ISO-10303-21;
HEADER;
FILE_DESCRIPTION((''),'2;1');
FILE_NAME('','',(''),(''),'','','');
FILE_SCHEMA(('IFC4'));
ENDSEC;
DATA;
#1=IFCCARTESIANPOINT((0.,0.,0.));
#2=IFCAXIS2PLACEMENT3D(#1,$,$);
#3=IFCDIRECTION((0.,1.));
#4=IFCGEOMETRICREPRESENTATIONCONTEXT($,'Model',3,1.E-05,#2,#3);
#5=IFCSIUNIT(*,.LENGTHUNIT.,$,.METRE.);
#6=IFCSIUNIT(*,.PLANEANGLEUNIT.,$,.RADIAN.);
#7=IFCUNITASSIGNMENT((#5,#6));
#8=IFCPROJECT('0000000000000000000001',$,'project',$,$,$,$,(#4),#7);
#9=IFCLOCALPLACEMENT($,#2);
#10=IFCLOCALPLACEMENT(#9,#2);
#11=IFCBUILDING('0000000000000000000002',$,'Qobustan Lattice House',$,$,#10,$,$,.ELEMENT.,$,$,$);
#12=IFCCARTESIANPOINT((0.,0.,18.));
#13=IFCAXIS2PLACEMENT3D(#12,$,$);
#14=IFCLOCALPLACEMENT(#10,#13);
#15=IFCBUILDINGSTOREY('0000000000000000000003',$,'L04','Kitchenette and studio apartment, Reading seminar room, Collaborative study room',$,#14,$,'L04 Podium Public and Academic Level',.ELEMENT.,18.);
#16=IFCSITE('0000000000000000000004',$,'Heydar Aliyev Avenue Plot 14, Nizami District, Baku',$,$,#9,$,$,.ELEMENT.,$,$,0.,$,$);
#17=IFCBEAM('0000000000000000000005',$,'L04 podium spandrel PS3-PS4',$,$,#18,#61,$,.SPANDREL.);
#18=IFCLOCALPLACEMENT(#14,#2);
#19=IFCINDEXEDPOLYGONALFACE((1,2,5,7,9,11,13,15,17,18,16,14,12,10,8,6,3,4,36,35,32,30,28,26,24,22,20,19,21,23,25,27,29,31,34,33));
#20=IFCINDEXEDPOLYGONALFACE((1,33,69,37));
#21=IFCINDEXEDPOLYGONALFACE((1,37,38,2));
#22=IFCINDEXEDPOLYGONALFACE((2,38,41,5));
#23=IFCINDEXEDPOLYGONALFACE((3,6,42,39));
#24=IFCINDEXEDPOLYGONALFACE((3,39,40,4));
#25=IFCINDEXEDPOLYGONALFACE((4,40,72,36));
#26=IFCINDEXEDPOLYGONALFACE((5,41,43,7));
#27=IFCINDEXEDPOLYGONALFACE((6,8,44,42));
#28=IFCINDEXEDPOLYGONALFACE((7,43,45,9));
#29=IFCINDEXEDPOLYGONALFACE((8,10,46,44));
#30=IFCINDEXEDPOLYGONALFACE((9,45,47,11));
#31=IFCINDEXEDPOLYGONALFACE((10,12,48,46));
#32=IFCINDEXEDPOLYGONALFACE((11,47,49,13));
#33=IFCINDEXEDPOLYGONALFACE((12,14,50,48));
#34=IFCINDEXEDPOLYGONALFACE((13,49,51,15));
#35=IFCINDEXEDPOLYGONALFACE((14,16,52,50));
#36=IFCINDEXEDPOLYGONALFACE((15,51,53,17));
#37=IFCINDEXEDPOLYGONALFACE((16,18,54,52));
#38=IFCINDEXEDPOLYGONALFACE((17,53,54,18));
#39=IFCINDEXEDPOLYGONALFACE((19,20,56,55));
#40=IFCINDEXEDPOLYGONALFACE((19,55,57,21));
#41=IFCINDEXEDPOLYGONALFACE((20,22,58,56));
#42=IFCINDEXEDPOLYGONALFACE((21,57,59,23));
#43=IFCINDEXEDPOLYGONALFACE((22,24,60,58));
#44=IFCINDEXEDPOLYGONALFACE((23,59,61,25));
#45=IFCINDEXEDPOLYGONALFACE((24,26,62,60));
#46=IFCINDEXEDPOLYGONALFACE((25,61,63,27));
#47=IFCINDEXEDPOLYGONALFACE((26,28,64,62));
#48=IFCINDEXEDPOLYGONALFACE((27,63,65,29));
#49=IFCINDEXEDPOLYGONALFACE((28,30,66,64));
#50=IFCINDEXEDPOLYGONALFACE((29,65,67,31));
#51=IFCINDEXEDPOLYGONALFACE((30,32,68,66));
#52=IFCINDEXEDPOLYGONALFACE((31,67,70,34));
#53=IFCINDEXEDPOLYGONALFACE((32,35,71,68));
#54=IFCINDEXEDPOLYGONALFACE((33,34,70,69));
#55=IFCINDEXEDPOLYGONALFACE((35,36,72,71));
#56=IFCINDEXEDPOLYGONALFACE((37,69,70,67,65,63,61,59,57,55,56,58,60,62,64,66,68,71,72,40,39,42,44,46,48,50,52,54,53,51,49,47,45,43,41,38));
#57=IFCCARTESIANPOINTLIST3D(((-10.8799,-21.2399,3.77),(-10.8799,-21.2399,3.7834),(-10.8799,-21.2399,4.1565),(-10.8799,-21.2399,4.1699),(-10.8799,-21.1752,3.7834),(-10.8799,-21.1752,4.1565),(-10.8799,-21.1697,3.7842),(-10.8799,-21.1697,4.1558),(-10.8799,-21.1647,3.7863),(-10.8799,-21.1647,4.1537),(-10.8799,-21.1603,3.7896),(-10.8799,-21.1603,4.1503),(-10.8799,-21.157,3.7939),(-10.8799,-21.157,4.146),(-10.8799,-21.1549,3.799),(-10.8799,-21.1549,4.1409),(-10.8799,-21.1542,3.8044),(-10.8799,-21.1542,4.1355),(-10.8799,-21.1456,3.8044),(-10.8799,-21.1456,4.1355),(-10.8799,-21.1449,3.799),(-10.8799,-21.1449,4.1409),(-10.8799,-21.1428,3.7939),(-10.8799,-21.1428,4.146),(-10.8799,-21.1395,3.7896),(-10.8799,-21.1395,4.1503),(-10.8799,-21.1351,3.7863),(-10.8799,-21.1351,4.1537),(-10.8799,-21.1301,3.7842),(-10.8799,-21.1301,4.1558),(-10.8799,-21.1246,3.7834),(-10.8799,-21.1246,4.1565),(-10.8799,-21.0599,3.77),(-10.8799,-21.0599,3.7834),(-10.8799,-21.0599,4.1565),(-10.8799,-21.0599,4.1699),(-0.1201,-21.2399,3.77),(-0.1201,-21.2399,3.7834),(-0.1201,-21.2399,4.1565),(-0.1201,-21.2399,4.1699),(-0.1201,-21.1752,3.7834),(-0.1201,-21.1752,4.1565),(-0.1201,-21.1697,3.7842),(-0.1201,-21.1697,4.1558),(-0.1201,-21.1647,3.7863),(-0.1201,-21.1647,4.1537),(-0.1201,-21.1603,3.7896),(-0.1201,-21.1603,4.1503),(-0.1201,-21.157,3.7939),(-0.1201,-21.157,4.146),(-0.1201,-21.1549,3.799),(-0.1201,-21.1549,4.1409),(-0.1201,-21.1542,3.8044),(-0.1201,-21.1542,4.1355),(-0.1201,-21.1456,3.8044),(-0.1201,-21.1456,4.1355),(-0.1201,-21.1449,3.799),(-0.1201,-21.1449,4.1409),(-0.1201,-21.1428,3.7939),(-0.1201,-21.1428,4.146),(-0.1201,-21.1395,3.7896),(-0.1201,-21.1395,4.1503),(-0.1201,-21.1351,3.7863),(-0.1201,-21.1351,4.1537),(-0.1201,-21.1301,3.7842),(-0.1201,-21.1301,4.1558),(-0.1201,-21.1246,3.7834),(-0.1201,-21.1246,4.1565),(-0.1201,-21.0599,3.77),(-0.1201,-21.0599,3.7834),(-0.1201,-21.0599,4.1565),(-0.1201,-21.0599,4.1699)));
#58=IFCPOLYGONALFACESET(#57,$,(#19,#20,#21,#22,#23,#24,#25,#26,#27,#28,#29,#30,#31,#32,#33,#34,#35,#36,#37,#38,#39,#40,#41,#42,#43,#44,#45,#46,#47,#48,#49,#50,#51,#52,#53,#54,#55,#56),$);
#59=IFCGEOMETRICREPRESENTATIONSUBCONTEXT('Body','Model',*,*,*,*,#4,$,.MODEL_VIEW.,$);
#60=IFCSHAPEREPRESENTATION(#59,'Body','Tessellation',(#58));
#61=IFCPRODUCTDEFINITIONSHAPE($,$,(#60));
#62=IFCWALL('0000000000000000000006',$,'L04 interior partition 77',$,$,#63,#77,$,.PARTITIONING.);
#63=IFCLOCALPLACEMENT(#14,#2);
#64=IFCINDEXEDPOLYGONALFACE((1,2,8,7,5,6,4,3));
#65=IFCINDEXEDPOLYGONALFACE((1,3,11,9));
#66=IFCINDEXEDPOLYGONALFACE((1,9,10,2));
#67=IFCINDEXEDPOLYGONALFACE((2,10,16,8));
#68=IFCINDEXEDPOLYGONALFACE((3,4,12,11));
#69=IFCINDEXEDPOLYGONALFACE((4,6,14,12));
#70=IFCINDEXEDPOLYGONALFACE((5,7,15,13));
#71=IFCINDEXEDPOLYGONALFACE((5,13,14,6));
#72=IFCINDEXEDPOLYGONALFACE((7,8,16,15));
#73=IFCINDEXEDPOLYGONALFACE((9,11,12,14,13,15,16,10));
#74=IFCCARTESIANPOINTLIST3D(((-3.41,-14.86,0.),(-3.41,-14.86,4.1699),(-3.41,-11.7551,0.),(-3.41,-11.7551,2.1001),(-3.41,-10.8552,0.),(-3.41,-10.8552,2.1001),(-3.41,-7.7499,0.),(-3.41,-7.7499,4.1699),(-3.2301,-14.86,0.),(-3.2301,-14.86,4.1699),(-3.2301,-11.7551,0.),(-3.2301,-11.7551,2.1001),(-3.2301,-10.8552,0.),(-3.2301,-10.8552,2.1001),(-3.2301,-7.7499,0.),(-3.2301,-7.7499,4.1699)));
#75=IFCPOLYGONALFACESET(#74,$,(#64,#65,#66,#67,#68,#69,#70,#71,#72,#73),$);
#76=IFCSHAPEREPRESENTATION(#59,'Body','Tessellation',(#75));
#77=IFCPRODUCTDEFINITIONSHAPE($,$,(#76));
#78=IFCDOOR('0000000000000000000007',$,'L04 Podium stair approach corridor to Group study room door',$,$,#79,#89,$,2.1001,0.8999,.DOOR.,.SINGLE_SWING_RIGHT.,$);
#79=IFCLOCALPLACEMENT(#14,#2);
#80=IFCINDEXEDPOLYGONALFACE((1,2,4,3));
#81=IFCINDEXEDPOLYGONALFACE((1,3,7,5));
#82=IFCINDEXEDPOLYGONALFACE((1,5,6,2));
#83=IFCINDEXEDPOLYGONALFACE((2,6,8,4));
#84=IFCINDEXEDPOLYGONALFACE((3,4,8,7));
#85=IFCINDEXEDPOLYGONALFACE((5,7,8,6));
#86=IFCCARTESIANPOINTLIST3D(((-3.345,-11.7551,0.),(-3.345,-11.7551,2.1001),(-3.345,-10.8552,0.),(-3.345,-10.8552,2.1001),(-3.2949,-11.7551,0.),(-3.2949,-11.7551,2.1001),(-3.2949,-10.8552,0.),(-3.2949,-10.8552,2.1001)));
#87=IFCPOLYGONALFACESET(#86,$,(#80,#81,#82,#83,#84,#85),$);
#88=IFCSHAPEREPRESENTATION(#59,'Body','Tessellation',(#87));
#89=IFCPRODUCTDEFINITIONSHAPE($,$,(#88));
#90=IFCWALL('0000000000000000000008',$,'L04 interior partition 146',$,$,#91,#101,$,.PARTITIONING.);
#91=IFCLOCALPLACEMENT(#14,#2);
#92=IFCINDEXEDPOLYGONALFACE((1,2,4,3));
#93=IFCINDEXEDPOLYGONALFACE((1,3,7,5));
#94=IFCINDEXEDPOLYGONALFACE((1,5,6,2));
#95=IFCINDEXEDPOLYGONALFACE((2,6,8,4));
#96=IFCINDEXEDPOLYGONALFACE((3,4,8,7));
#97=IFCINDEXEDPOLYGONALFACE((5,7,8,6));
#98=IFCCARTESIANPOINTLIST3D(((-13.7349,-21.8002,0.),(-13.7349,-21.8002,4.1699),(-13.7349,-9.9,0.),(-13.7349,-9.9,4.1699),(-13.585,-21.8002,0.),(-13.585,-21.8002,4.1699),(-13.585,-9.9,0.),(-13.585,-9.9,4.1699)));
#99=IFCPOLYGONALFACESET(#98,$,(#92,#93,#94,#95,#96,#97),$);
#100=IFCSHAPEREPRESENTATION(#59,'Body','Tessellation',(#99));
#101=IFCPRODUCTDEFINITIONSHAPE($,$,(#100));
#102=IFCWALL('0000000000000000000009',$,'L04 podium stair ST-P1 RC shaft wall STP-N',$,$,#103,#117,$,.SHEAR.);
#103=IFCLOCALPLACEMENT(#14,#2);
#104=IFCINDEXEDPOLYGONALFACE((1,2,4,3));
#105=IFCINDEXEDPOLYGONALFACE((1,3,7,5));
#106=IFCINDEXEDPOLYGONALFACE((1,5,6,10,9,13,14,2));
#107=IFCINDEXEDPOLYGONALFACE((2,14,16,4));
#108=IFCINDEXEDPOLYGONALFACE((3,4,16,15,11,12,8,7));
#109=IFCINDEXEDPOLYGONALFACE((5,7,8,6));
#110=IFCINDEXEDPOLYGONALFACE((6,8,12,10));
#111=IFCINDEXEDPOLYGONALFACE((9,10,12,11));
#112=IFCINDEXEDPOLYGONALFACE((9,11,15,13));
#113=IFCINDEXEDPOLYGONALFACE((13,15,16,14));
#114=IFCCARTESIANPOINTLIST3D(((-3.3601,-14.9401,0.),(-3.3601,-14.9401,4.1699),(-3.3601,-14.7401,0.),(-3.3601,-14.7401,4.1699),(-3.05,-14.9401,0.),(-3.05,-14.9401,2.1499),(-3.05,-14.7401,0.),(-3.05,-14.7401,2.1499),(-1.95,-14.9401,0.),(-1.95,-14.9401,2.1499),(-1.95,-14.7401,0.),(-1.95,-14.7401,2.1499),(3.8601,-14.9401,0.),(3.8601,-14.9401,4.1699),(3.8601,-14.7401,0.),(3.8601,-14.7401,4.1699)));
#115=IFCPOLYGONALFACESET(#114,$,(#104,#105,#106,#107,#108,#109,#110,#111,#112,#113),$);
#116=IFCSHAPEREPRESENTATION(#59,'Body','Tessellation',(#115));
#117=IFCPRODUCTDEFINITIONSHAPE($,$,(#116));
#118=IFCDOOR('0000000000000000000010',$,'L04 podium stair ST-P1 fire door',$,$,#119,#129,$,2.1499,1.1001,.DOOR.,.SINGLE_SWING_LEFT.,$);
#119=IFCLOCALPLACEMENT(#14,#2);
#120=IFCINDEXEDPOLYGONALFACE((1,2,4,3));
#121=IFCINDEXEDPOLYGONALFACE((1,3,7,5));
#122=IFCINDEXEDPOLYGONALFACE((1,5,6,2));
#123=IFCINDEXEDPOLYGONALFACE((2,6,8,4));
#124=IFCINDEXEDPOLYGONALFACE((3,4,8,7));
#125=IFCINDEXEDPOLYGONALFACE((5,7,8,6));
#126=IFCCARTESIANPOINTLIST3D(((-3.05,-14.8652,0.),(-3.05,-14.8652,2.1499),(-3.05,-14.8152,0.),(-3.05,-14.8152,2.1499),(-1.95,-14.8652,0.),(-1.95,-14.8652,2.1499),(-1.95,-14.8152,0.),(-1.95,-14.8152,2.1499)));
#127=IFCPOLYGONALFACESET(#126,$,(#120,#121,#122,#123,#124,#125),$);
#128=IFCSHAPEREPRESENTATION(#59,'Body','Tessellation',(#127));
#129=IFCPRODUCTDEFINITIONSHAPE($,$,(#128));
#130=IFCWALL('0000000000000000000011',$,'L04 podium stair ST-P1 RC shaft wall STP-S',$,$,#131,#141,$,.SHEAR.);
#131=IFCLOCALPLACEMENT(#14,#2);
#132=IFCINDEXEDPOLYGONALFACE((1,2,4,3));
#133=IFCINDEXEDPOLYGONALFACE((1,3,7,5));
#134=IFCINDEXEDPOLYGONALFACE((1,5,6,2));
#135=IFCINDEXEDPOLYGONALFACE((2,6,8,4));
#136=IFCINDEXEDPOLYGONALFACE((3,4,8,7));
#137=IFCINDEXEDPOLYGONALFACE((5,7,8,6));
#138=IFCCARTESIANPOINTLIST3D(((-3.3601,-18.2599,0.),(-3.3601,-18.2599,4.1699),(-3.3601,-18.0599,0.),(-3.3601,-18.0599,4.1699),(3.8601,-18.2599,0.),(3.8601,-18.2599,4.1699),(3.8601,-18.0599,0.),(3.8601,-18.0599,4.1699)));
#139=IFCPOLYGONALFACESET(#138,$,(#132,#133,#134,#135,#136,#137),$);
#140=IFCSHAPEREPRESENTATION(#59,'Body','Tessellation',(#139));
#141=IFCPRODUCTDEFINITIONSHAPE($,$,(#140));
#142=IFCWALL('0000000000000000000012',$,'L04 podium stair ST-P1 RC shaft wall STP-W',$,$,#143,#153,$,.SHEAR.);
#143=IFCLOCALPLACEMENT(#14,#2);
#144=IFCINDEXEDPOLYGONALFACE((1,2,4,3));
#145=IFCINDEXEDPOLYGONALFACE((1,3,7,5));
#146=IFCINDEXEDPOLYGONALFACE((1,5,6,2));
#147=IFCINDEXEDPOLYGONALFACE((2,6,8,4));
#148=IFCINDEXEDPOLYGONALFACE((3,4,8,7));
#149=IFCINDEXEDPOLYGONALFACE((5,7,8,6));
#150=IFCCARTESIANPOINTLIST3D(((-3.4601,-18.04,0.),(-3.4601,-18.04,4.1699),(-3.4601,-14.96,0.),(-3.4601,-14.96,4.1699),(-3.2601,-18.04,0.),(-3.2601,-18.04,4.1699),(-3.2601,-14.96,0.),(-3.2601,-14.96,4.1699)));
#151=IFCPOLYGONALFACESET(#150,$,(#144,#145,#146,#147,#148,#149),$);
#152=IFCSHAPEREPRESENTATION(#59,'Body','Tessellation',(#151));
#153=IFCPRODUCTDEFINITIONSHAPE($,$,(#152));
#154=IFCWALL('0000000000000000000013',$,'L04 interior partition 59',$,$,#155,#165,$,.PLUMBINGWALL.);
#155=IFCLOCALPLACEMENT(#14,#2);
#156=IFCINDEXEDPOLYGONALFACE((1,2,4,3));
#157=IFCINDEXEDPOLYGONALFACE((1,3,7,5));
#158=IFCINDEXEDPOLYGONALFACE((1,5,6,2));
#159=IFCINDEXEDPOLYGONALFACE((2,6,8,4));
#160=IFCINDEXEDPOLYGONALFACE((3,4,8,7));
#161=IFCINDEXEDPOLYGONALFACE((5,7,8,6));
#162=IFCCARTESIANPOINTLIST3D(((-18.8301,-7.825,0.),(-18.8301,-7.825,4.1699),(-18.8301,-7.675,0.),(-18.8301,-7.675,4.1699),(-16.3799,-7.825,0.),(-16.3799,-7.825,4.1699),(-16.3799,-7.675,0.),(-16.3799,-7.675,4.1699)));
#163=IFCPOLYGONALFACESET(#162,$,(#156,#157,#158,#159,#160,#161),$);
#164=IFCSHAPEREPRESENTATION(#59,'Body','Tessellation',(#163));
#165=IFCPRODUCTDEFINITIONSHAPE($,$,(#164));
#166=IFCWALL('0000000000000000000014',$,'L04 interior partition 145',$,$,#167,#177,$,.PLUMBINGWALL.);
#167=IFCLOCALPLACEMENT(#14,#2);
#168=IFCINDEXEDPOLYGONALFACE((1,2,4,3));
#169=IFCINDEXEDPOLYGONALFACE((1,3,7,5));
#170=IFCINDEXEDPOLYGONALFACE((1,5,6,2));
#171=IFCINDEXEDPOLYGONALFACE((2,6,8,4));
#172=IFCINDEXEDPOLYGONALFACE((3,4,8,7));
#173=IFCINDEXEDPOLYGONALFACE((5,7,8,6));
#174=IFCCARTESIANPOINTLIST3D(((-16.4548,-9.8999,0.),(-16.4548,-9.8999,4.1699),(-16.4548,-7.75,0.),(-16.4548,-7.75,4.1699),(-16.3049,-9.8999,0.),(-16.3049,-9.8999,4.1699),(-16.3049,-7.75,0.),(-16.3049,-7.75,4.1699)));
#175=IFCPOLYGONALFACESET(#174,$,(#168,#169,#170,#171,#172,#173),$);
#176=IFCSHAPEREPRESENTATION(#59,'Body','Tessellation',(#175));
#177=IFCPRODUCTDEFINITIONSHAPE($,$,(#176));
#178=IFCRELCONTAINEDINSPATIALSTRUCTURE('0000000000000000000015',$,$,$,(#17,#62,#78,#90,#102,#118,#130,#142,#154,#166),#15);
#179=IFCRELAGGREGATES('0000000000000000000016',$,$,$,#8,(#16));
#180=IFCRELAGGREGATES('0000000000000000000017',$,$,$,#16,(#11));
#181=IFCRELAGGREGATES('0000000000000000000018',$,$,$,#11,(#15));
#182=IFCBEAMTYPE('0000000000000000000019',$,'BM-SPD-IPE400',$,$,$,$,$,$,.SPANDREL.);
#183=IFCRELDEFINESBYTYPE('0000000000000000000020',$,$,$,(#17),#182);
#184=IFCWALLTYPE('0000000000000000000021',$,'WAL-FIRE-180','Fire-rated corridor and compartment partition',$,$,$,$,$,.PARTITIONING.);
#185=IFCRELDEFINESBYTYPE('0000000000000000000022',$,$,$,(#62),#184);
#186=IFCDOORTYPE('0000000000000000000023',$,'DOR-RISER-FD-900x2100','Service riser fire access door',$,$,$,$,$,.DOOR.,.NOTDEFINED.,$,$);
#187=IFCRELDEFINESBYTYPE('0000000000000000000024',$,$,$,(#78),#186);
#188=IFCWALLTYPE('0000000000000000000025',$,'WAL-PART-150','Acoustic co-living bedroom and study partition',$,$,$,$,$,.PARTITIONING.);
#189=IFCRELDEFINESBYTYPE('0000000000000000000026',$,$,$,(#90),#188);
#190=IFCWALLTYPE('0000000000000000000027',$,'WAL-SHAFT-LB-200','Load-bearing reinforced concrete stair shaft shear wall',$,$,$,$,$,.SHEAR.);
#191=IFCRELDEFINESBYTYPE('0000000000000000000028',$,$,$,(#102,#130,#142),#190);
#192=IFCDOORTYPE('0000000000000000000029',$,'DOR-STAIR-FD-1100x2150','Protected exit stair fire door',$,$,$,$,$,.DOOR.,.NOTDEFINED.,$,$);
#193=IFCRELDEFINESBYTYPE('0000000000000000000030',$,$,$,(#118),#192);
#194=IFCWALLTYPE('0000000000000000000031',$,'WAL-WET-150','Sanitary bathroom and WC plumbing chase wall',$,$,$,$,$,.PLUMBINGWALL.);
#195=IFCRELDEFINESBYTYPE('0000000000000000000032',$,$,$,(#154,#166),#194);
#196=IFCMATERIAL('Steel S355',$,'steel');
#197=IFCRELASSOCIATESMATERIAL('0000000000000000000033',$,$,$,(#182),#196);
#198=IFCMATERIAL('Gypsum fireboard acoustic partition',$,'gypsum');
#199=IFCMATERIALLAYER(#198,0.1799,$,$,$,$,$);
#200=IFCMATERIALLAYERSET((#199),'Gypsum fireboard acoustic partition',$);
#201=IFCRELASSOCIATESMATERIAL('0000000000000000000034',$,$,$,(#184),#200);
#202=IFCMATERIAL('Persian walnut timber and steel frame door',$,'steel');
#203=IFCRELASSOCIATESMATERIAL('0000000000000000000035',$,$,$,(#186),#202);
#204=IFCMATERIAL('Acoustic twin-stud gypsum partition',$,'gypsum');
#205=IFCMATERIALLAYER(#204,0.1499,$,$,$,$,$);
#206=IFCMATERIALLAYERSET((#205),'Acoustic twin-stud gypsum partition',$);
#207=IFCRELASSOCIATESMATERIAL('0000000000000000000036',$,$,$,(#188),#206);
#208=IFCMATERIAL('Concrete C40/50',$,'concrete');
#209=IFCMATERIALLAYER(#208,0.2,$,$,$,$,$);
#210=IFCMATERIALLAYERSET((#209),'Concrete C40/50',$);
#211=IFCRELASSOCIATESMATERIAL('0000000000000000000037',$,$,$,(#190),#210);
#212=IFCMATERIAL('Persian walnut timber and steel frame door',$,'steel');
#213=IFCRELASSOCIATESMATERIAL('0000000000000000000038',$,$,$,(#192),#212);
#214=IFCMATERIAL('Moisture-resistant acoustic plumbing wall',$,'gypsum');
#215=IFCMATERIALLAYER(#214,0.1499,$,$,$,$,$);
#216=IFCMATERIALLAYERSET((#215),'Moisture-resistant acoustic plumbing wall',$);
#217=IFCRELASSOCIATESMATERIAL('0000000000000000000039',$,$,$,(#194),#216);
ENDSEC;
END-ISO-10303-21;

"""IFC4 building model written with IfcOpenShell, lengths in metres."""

from ifc_helpers import new_model, si_unit, direction, frame, frame_2d, origin, origin_2d, place, context, subcontext, project, spatial, rectangle, i_section, extrude, material, layer, layer_set, material_profile, profile_set, type_object, element, fill, save


model = new_model("IFC4")

# Units and contexts
model_context = context("Model", 3, precision=1e-05, world=origin(), true_north=direction((0.0, 1.0)))
body_context = subcontext(model_context, "Body", "Model", "MODEL_VIEW")
ifc_project = project(units=[si_unit("LENGTHUNIT", "METRE"), si_unit("PLANEANGLEUNIT", "RADIAN")], contexts=[model_context])

# Site, building, storey
site_placement = place(None, origin())
site = spatial("IfcSite", under=ifc_project, at=site_placement, Name="Heydar Aliyev Avenue Plot 14, Nizami District, Baku", CompositionType="ELEMENT", RefElevation=0.0)
building_placement = place(site_placement, origin())
building = spatial("IfcBuilding", under=site, at=building_placement, Name="Qobustan Lattice House", CompositionType="ELEMENT")
storey_placement = place(building_placement, frame((0.0, 0.0, 18.0)))
storey = spatial("IfcBuildingStorey", under=building, at=storey_placement, Name="L04", Description="Kitchenette and studio apartment, Reading seminar room, Collaborative study room", LongName="L04 Podium Public and Academic Level", CompositionType="ELEMENT", Elevation=18.0)

# Beam
ifc_material_1 = material(Name="Steel S355", Category="steel")
ifc_material_profile_1 = material_profile(ifc_material_1, i_section(OverallWidth=0.1799, OverallDepth=0.3999, WebThickness=0.0085, FlangeThickness=0.0134, FilletRadius=0.021, at=origin_2d()), Name="IPE400")
ifc_profile_set_1 = profile_set([ifc_material_profile_1], Name="Steel S355")
beam_type_1 = type_object("IfcBeamType", Name="BM-SPD-IPE400", PredefinedType="SPANDREL", material=ifc_profile_set_1)
beam_1_placement = place(storey_placement, frame((-10.8799, -21.1499, 3.97), z_axis=(1.0, 0.0, 0.0), x_axis=(0.0, 1.0, 0.0)))
element("IfcBeam", 1, at=beam_1_placement, inside=storey, type_object=beam_type_1, Name="L04 podium spandrel PS3-PS4", PredefinedType="SPANDREL", context=body_context, shape_type="SweptSolid", body=[
    extrude(i_section(OverallWidth=0.1799, OverallDepth=0.3999, WebThickness=0.0085, FlangeThickness=0.0134, FilletRadius=0.021, at=origin_2d()), origin(), (0.0, 0.0, 1.0), 10.7598),
])

# Wall, opening, door
ifc_material_2 = material(Name="Gypsum fireboard acoustic partition", Category="gypsum")
ifc_layer_1 = layer(ifc_material_2, 0.1799)
ifc_layer_set_1 = layer_set([ifc_layer_1], Name="Gypsum fireboard acoustic partition")
wall_type_1 = type_object("IfcWallType", Name="WAL-FIRE-180", Description="Fire-rated corridor and compartment partition", PredefinedType="PARTITIONING", material=ifc_layer_set_1)
wall_1_placement = place(storey_placement, frame((-3.3201, -14.8601, 0.0), z_axis=(0.0, 0.0, 1.0), x_axis=(0.0, 1.0, 0.0)))
wall_1 = element("IfcWall", 2, at=wall_1_placement, inside=storey, type_object=wall_type_1, Name="L04 interior partition 77", PredefinedType="PARTITIONING", context=body_context, shape_type="SweptSolid", body=[
    extrude(rectangle(XDim=7.1101, YDim=0.1799, at=frame_2d((3.5552, 0.0))), origin(), (0.0, 0.0, 1.0), 4.1699),
])
opening_1_placement = place(wall_1_placement, frame((3.105, 0.0, 0.0)))
opening_1 = element("IfcOpeningElement", 3, at=opening_1_placement, cuts=wall_1, PredefinedType="OPENING", context=body_context, shape_type="SweptSolid", body=[
    extrude(rectangle(XDim=0.8999, YDim=2.1001, at=frame_2d((0.45, 1.05))), frame((0.0, 0.0999, 0.0), z_axis=(0.0, -1.0, 0.0), x_axis=(1.0, 0.0, 0.0)), (0.0, 0.0, 1.0), 0.2),
])
ifc_material_3 = material(Name="Persian walnut timber and steel frame door", Category="steel")
door_type_1 = type_object("IfcDoorType", Name="DOR-RISER-FD-900x2100", Description="Service riser fire access door", OperationType="NOTDEFINED", PredefinedType="DOOR", material=ifc_material_3)
door_1_placement = place(opening_1_placement, origin())
door_1 = element("IfcDoor", 4, at=door_1_placement, inside=storey, type_object=door_type_1, Name="L04 Podium stair approach corridor to Group study room door", OperationType="SINGLE_SWING_RIGHT", OverallHeight=2.1001, OverallWidth=0.8999, PredefinedType="DOOR", context=body_context, shape_type="SweptSolid", body=[
    extrude(rectangle(XDim=0.8999, YDim=2.1001, at=frame_2d((0.45, 1.05))), frame((0.0, 0.0249, 0.0), z_axis=(0.0, -1.0, 0.0), x_axis=(1.0, 0.0, 0.0)), (0.0, 0.0, 1.0), 0.05),
])
fill(opening_1, door_1)

# Wall
ifc_material_4 = material(Name="Acoustic twin-stud gypsum partition", Category="gypsum")
ifc_layer_2 = layer(ifc_material_4, 0.1499)
ifc_layer_set_2 = layer_set([ifc_layer_2], Name="Acoustic twin-stud gypsum partition")
wall_type_2 = type_object("IfcWallType", Name="WAL-PART-150", Description="Acoustic co-living bedroom and study partition", PredefinedType="PARTITIONING", material=ifc_layer_set_2)
wall_2_placement = place(storey_placement, frame((-13.6599, -9.8999, 0.0), z_axis=(0.0, 0.0, 1.0), x_axis=(0.0, -1.0, 0.0)))
element("IfcWall", 5, at=wall_2_placement, inside=storey, type_object=wall_type_2, Name="L04 interior partition 146", PredefinedType="PARTITIONING", context=body_context, shape_type="SweptSolid", body=[
    extrude(rectangle(XDim=11.9001, YDim=0.1499, at=frame_2d((5.9502, 0.0))), origin(), (0.0, 0.0, 1.0), 4.1699),
])

# Wall, opening, door
ifc_material_5 = material(Name="Concrete C40/50", Category="concrete")
ifc_layer_3 = layer(ifc_material_5, 0.2)
ifc_layer_set_3 = layer_set([ifc_layer_3], Name="Concrete C40/50")
wall_type_3 = type_object("IfcWallType", Name="WAL-SHAFT-LB-200", Description="Load-bearing reinforced concrete stair shaft shear wall", PredefinedType="SHEAR", material=ifc_layer_set_3)
wall_3_placement = place(storey_placement, frame((-3.3601, -14.8401, 0.0), z_axis=(0.0, 0.0, 1.0), x_axis=(1.0, 0.0, 0.0)))
wall_3 = element("IfcWall", 6, at=wall_3_placement, inside=storey, type_object=wall_type_3, Name="L04 podium stair ST-P1 RC shaft wall STP-N", PredefinedType="SHEAR", context=body_context, shape_type="SweptSolid", body=[
    extrude(rectangle(XDim=7.2202, YDim=0.2, at=frame_2d((3.6101, 0.0))), origin(), (0.0, 0.0, 1.0), 4.1699),
])
opening_2_placement = place(wall_3_placement, frame((0.3101, 0.0, 0.0)))
opening_2 = element("IfcOpeningElement", 7, at=opening_2_placement, cuts=wall_3, PredefinedType="OPENING", context=body_context, shape_type="SweptSolid", body=[
    extrude(rectangle(XDim=1.1001, YDim=2.1499, at=frame_2d((0.55, 1.075))), frame((0.0, 0.1099, 0.0), z_axis=(0.0, -1.0, 0.0), x_axis=(1.0, 0.0, 0.0)), (0.0, 0.0, 1.0), 0.22),
])
ifc_material_6 = material(Name="Persian walnut timber and steel frame door", Category="steel")
door_type_2 = type_object("IfcDoorType", Name="DOR-STAIR-FD-1100x2150", Description="Protected exit stair fire door", OperationType="NOTDEFINED", PredefinedType="DOOR", material=ifc_material_6)
door_2_placement = place(opening_2_placement, origin())
door_2 = element("IfcDoor", 8, at=door_2_placement, inside=storey, type_object=door_type_2, Name="L04 podium stair ST-P1 fire door", OperationType="SINGLE_SWING_LEFT", OverallHeight=2.1499, OverallWidth=1.1001, PredefinedType="DOOR", context=body_context, shape_type="SweptSolid", body=[
    extrude(rectangle(XDim=1.1001, YDim=2.1499, at=frame_2d((0.55, 1.075))), frame((0.0, 0.0249, 0.0), z_axis=(0.0, -1.0, 0.0), x_axis=(1.0, 0.0, 0.0)), (0.0, 0.0, 1.0), 0.05),
])
fill(opening_2, door_2)

# Walls
wall_4_placement = place(storey_placement, frame((-3.3601, -18.1599, 0.0), z_axis=(0.0, 0.0, 1.0), x_axis=(1.0, 0.0, 0.0)))
element("IfcWall", 9, at=wall_4_placement, inside=storey, type_object=wall_type_3, Name="L04 podium stair ST-P1 RC shaft wall STP-S", PredefinedType="SHEAR", context=body_context, shape_type="SweptSolid", body=[
    extrude(rectangle(XDim=7.2202, YDim=0.2, at=frame_2d((3.6101, 0.0))), origin(), (0.0, 0.0, 1.0), 4.1699),
])
wall_5_placement = place(storey_placement, frame((-3.3601, -18.04, 0.0), z_axis=(0.0, 0.0, 1.0), x_axis=(0.0, 1.0, 0.0)))
element("IfcWall", 10, at=wall_5_placement, inside=storey, type_object=wall_type_3, Name="L04 podium stair ST-P1 RC shaft wall STP-W", PredefinedType="SHEAR", context=body_context, shape_type="SweptSolid", body=[
    extrude(rectangle(XDim=3.0801, YDim=0.2, at=frame_2d((1.54, 0.0))), origin(), (0.0, 0.0, 1.0), 4.1699),
])
ifc_material_7 = material(Name="Moisture-resistant acoustic plumbing wall", Category="gypsum")
ifc_layer_4 = layer(ifc_material_7, 0.1499)
ifc_layer_set_4 = layer_set([ifc_layer_4], Name="Moisture-resistant acoustic plumbing wall")
wall_type_4 = type_object("IfcWallType", Name="WAL-WET-150", Description="Sanitary bathroom and WC plumbing chase wall", PredefinedType="PLUMBINGWALL", material=ifc_layer_set_4)
wall_6_placement = place(storey_placement, frame((-16.3799, -7.75, 0.0), z_axis=(0.0, 0.0, 1.0), x_axis=(-1.0, 0.0, 0.0)))
element("IfcWall", 11, at=wall_6_placement, inside=storey, type_object=wall_type_4, Name="L04 interior partition 59", PredefinedType="PLUMBINGWALL", context=body_context, shape_type="SweptSolid", body=[
    extrude(rectangle(XDim=2.4502, YDim=0.1499, at=frame_2d((1.2251, 0.0))), origin(), (0.0, 0.0, 1.0), 4.1699),
])
wall_7_placement = place(storey_placement, frame((-16.3799, -9.8999, 0.0), z_axis=(0.0, 0.0, 1.0), x_axis=(0.0, 1.0, 0.0)))
element("IfcWall", 12, at=wall_7_placement, inside=storey, type_object=wall_type_4, Name="L04 interior partition 145", PredefinedType="PLUMBINGWALL", context=body_context, shape_type="SweptSolid", body=[
    extrude(rectangle(XDim=2.1499, YDim=0.1499, at=frame_2d((1.075, 0.0))), origin(), (0.0, 0.0, 1.0), 4.1699),
])

save(model, "model.ifc")
